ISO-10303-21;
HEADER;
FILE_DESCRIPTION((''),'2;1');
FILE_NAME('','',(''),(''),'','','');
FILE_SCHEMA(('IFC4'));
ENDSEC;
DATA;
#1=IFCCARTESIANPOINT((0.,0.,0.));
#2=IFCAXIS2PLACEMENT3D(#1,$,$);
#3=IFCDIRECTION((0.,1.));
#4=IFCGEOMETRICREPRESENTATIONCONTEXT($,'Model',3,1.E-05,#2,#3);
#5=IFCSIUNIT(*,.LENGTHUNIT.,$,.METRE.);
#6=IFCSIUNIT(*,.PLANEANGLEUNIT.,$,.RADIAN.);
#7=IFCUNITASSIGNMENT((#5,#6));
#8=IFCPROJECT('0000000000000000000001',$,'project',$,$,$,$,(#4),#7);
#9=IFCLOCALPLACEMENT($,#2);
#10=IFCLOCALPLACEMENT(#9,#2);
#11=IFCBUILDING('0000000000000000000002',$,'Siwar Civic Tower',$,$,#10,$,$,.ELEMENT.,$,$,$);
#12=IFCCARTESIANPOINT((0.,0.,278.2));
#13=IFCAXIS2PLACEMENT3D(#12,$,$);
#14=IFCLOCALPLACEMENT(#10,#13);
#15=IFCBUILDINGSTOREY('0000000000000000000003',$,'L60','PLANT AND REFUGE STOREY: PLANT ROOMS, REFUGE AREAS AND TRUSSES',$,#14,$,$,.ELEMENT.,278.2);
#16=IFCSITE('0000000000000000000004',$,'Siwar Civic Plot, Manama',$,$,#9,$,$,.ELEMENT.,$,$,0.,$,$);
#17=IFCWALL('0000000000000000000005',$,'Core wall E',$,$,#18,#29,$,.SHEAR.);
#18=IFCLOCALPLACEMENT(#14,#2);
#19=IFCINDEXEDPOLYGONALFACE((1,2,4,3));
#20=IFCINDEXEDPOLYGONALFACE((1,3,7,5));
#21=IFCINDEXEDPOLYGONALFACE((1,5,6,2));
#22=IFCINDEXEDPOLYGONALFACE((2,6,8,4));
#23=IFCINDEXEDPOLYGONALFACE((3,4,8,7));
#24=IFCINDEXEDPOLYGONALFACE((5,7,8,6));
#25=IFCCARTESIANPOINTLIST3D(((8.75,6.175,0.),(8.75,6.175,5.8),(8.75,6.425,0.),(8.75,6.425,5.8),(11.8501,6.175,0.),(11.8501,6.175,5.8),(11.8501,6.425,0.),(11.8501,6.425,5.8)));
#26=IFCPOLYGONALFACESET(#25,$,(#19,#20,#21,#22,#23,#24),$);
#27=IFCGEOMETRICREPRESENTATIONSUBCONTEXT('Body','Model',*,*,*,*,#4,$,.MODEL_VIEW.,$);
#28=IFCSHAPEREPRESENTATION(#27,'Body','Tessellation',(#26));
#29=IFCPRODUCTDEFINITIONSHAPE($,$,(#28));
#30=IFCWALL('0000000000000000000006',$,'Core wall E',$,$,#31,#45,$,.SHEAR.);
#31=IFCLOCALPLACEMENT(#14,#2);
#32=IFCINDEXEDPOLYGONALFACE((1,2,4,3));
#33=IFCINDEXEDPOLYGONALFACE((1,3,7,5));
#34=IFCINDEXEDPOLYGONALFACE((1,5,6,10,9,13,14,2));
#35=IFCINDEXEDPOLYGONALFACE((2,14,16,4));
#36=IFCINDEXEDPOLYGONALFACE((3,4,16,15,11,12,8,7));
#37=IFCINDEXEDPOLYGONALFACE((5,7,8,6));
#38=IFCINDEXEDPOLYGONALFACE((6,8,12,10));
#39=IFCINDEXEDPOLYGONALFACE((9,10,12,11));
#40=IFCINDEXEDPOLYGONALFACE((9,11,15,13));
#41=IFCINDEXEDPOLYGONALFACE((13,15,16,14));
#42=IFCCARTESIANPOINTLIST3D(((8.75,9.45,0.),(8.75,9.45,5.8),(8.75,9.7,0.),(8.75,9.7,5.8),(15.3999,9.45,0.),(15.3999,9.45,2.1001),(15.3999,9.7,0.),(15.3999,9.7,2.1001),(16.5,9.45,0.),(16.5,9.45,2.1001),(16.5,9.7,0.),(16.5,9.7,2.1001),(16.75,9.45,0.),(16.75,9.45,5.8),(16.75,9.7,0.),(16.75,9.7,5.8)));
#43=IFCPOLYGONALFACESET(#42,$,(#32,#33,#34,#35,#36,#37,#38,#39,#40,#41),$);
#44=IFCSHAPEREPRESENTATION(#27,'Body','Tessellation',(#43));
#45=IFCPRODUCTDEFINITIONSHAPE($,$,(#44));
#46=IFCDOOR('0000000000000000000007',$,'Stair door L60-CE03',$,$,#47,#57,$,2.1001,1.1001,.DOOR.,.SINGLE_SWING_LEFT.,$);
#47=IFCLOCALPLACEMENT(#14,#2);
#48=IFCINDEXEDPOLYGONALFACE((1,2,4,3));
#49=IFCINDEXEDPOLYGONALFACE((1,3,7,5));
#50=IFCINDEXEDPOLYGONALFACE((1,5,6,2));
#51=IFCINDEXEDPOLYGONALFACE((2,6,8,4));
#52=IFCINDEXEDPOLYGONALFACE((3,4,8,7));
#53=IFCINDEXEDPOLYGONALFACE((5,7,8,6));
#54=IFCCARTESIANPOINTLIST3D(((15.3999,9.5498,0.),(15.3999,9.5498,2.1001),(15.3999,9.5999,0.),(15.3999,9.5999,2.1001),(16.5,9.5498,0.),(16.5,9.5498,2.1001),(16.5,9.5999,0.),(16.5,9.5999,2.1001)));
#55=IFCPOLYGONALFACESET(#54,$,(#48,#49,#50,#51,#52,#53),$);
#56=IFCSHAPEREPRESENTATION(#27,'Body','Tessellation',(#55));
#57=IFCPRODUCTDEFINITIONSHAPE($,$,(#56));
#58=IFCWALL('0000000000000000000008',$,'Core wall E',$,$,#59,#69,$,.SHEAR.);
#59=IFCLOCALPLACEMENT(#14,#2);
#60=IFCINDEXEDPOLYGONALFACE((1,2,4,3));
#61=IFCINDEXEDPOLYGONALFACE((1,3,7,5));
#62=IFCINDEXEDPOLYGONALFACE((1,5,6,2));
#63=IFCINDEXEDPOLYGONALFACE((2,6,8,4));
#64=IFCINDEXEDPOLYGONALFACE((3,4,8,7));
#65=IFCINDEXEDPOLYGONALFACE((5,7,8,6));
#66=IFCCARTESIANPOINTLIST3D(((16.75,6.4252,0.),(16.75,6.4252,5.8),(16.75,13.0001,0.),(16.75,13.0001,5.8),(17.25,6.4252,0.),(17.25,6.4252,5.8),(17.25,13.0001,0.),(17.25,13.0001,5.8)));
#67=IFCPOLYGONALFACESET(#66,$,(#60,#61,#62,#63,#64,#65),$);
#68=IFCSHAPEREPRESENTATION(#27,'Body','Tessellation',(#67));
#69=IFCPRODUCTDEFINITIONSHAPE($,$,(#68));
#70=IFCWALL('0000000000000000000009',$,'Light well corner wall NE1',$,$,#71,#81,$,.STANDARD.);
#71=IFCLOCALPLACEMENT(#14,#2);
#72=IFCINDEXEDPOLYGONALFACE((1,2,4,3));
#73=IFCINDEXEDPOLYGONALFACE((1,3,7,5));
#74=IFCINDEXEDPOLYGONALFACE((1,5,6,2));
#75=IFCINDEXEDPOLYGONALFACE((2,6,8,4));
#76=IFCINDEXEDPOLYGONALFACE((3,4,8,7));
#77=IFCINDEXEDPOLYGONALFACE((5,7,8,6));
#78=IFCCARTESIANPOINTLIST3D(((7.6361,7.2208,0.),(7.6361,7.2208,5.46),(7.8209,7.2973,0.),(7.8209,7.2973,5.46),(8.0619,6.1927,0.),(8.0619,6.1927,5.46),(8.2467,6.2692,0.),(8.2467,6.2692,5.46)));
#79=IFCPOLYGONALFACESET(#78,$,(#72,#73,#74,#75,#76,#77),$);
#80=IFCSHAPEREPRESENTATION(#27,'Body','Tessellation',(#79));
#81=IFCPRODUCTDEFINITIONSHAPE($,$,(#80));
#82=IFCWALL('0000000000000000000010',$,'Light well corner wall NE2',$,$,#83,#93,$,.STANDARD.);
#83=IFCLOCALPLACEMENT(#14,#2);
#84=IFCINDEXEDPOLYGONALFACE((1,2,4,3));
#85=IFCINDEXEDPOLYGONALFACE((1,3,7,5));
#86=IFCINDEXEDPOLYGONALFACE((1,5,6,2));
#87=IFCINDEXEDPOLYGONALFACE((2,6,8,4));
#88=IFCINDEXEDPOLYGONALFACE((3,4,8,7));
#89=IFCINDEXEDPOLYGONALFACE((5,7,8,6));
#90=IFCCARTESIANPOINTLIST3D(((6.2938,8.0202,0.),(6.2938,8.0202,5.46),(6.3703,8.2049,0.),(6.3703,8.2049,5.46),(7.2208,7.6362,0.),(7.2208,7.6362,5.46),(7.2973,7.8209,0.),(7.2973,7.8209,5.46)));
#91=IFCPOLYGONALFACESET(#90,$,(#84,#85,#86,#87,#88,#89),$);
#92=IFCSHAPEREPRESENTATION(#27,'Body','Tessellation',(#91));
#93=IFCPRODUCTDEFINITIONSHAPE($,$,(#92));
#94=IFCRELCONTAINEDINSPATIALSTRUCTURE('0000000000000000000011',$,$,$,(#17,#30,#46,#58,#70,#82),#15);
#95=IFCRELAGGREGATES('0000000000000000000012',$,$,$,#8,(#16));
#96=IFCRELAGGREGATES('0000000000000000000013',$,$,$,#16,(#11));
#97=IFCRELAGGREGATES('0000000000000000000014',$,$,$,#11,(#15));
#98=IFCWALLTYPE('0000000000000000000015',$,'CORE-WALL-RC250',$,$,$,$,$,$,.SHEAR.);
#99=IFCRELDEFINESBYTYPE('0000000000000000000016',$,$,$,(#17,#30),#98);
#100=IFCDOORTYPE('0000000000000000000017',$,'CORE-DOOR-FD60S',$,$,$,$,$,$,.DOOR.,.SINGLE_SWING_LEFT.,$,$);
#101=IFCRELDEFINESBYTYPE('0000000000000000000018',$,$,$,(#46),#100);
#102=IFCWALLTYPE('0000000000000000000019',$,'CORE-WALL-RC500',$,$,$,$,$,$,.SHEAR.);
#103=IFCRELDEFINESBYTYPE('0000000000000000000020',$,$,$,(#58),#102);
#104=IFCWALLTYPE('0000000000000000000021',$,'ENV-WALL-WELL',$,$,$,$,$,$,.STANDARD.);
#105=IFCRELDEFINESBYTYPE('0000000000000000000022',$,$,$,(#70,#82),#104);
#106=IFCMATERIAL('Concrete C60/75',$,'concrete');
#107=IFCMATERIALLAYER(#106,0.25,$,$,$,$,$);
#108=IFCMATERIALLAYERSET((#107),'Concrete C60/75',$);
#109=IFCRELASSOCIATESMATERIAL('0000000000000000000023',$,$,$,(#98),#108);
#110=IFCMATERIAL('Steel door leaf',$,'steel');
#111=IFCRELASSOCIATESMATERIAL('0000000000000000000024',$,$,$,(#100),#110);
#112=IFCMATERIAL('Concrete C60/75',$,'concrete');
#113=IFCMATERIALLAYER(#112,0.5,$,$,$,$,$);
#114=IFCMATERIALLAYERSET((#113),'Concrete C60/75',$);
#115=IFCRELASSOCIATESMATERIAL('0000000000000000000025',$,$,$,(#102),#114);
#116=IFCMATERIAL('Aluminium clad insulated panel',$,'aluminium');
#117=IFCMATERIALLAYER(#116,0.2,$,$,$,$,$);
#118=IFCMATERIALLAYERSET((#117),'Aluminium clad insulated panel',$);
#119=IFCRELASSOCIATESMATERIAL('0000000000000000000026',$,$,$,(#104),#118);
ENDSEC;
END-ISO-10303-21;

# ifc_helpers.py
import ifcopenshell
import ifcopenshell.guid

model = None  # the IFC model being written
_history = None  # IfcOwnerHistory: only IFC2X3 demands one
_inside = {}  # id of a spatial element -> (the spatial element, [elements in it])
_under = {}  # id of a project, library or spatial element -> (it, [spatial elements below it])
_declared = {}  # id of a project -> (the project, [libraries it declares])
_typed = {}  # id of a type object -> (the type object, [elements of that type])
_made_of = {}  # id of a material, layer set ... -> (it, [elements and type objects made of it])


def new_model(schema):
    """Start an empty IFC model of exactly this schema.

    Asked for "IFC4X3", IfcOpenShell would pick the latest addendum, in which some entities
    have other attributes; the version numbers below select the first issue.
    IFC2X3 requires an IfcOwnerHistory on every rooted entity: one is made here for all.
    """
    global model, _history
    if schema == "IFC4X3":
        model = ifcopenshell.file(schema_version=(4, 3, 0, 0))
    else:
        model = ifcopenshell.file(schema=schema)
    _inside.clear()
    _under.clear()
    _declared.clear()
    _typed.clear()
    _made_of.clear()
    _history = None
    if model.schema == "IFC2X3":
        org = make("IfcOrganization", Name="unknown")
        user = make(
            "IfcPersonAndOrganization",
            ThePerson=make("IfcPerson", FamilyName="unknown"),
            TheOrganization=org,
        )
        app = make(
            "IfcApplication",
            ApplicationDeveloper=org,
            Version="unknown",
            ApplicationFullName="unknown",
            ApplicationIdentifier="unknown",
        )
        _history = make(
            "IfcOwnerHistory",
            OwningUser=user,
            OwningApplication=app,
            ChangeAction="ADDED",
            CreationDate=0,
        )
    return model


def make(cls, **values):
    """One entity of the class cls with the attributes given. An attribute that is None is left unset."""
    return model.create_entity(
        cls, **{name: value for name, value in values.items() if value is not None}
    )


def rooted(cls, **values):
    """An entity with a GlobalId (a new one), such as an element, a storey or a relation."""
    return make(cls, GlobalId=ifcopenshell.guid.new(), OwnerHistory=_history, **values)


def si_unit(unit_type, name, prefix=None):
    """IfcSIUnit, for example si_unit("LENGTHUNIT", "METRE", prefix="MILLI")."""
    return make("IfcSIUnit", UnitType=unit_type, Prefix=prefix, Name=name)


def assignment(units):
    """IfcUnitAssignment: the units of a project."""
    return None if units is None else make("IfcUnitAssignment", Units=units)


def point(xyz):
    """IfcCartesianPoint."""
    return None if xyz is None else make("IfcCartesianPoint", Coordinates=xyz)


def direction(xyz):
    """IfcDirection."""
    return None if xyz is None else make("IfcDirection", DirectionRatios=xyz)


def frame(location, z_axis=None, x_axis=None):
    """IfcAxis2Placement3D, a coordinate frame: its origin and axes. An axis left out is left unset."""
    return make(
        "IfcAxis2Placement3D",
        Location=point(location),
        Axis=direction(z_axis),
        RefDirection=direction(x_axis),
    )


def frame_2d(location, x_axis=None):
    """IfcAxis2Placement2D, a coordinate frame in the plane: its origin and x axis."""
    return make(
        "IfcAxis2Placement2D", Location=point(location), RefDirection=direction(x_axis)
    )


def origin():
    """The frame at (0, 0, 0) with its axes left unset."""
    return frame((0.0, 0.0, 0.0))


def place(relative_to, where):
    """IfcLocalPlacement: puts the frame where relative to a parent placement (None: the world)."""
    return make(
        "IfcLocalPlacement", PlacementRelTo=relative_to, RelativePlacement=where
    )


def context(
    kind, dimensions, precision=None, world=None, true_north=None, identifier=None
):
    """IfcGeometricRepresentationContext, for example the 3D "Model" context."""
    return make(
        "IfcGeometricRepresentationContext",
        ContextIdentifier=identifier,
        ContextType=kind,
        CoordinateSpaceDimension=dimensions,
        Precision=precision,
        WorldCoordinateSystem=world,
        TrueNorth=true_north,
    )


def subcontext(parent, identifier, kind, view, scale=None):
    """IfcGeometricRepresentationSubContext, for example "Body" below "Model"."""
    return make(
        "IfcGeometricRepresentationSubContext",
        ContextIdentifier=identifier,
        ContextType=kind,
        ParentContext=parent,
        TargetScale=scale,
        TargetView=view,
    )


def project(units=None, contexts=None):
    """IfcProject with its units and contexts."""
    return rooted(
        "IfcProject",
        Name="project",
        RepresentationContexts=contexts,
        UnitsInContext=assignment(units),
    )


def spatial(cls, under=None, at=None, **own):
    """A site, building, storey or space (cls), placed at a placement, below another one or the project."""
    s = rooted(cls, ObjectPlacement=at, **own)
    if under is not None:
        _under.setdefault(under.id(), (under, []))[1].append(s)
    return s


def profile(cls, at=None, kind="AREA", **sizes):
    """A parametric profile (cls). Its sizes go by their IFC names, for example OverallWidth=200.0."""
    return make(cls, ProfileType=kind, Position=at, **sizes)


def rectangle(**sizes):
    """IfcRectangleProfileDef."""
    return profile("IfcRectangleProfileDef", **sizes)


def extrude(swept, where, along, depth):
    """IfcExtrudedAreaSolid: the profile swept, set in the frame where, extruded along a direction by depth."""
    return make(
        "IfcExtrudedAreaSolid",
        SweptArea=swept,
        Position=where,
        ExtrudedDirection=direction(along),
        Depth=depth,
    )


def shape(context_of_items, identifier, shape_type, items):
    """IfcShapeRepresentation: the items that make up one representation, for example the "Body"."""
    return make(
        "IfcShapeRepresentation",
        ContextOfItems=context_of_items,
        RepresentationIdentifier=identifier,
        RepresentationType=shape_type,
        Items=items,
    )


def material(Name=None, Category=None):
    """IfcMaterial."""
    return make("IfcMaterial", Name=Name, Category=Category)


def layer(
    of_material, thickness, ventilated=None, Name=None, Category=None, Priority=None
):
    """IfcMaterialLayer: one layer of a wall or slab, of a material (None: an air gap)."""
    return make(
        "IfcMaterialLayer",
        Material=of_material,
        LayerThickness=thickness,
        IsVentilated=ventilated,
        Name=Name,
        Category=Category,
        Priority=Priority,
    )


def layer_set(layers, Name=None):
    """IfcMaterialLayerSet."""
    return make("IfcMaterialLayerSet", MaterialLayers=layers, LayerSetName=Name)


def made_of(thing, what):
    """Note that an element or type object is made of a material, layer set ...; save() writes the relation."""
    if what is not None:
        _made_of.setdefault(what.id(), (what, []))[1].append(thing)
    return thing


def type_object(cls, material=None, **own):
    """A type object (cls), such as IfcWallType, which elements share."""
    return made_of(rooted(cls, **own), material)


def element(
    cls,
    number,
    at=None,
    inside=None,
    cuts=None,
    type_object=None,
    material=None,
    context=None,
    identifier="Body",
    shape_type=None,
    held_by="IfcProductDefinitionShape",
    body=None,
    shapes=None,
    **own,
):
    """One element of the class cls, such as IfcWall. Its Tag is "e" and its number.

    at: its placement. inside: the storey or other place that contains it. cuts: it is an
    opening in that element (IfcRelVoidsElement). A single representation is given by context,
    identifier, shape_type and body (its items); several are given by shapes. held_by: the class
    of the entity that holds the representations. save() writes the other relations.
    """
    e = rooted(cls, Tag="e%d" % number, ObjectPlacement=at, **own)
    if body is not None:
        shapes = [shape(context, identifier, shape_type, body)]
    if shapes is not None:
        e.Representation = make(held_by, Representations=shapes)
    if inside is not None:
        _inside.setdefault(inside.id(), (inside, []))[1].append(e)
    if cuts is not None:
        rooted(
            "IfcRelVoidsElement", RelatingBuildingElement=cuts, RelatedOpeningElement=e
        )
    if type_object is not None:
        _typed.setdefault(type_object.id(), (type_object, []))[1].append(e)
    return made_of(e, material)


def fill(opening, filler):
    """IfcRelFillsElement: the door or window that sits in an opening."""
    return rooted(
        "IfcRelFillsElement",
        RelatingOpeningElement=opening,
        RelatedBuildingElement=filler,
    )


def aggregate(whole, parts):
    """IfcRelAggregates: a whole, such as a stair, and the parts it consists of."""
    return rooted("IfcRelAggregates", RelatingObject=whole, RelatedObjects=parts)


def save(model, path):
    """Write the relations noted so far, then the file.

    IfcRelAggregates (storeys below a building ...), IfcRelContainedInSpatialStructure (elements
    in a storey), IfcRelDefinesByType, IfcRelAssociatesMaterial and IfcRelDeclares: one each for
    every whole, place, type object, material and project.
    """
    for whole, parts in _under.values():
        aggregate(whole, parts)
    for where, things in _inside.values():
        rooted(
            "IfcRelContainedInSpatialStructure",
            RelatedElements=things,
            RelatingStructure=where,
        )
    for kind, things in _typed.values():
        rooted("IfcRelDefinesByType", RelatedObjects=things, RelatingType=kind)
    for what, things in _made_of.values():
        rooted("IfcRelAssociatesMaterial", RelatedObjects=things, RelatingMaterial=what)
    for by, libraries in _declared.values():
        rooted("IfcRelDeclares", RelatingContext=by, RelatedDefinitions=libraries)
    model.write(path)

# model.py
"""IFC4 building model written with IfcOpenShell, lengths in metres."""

from ifc_helpers import new_model, si_unit, direction, frame, frame_2d, origin, place, context, subcontext, project, spatial, rectangle, extrude, material, layer, layer_set, type_object, element, fill, save


model = new_model("IFC4")

# Units and contexts
model_context = context("Model", 3, precision=1e-05, world=origin(), true_north=direction((0.0, 1.0)))
body_context = subcontext(model_context, "Body", "Model", "MODEL_VIEW")
ifc_project = project(units=[si_unit("LENGTHUNIT", "METRE"), si_unit("PLANEANGLEUNIT", "RADIAN")], contexts=[model_context])

# Site, building, storey
site_placement = place(None, origin())
site = spatial("IfcSite", under=ifc_project, at=site_placement, Name="Siwar Civic Plot, Manama", CompositionType="ELEMENT", RefElevation=0.0)
building_placement = place(site_placement, origin())
building = spatial("IfcBuilding", under=site, at=building_placement, Name="Siwar Civic Tower", CompositionType="ELEMENT")
storey_placement = place(building_placement, frame((0.0, 0.0, 278.2)))
storey = spatial("IfcBuildingStorey", under=building, at=storey_placement, Name="L60", Description="PLANT AND REFUGE STOREY: PLANT ROOMS, REFUGE AREAS AND TRUSSES", CompositionType="ELEMENT", Elevation=278.2)

# Shared definitions
ifc_material_1 = material(Name="Concrete C60/75", Category="concrete")
ifc_layer_1 = layer(ifc_material_1, 0.25)
ifc_layer_set_1 = layer_set([ifc_layer_1], Name="Concrete C60/75")
wall_type_1 = type_object("IfcWallType", Name="CORE-WALL-RC250", PredefinedType="SHEAR", material=ifc_layer_set_1)

# Wall
for number, where, z_axis, x_axis, name in (
    (1, (8.75, 6.3, 0.0), (0.0, 0.0, 1.0), (1.0, 0.0, 0.0), "Core wall E"),
):
    element("IfcWall", number, at=place(storey_placement, frame(where, z_axis=z_axis, x_axis=x_axis)), inside=storey, type_object=wall_type_1, Name=name, PredefinedType="SHEAR", context=body_context, shape_type="SweptSolid", body=[
        extrude(rectangle(XDim=3.1001, YDim=0.25, at=frame_2d((1.55, 0.0))), origin(), (0.0, 0.0, 1.0), 5.8),
    ])

# Wall, opening, door
wall_1_placement = place(storey_placement, frame((8.75, 9.575, 0.0), z_axis=(0.0, 0.0, 1.0), x_axis=(1.0, 0.0, 0.0)))
wall_1 = element("IfcWall", 2, at=wall_1_placement, inside=storey, type_object=wall_type_1, Name="Core wall E", PredefinedType="SHEAR", context=body_context, shape_type="SweptSolid", body=[
    extrude(rectangle(XDim=8.0, YDim=0.25, at=frame_2d((4.0, 0.0))), origin(), (0.0, 0.0, 1.0), 5.8),
])
opening_1_placement = place(wall_1_placement, frame((6.6499, 0.0, 0.0)))
opening_1 = element("IfcOpeningElement", 3, at=opening_1_placement, cuts=wall_1, PredefinedType="OPENING", context=body_context, shape_type="SweptSolid", body=[
    extrude(rectangle(XDim=1.1001, YDim=2.1001, at=frame_2d((0.55, 1.05))), frame((0.0, 0.135, 0.0), z_axis=(0.0, -1.0, 0.0), x_axis=(1.0, 0.0, 0.0)), (0.0, 0.0, 1.0), 0.27),
])
ifc_material_2 = material(Name="Steel door leaf", Category="steel")
door_type_1 = type_object("IfcDoorType", Name="CORE-DOOR-FD60S", OperationType="SINGLE_SWING_LEFT", PredefinedType="DOOR", material=ifc_material_2)
door_1_placement = place(opening_1_placement, origin())
door_1 = element("IfcDoor", 4, at=door_1_placement, inside=storey, type_object=door_type_1, Name="Stair door L60-CE03", OperationType="SINGLE_SWING_LEFT", OverallHeight=2.1001, OverallWidth=1.1001, PredefinedType="DOOR", context=body_context, shape_type="SweptSolid", body=[
    extrude(rectangle(XDim=1.1001, YDim=2.1001, at=frame_2d((0.55, 1.05))), frame((0.0, 0.0249, 0.0), z_axis=(0.0, -1.0, 0.0), x_axis=(1.0, 0.0, 0.0)), (0.0, 0.0, 1.0), 0.05),
])
fill(opening_1, door_1)

# Walls
ifc_material_3 = material(Name="Concrete C60/75", Category="concrete")
ifc_layer_2 = layer(ifc_material_3, 0.5)
ifc_layer_set_2 = layer_set([ifc_layer_2], Name="Concrete C60/75")
wall_type_2 = type_object("IfcWallType", Name="CORE-WALL-RC500", PredefinedType="SHEAR", material=ifc_layer_set_2)
wall_2_placement = place(storey_placement, frame((17.0, 6.425, 0.0), z_axis=(0.0, 0.0, 1.0), x_axis=(0.0, 1.0, 0.0)))
element("IfcWall", 5, at=wall_2_placement, inside=storey, type_object=wall_type_2, Name="Core wall E", PredefinedType="SHEAR", context=body_context, shape_type="SweptSolid", body=[
    extrude(rectangle(XDim=6.575, YDim=0.5, at=frame_2d((3.2876, 0.0))), origin(), (0.0, 0.0, 1.0), 5.8),
])
ifc_material_4 = material(Name="Aluminium clad insulated panel", Category="aluminium")
ifc_layer_3 = layer(ifc_material_4, 0.2)
ifc_layer_set_3 = layer_set([ifc_layer_3], Name="Aluminium clad insulated panel")
wall_type_3 = type_object("IfcWallType", Name="ENV-WALL-WELL", PredefinedType="STANDARD", material=ifc_layer_set_3)
wall_3_placement = place(storey_placement, frame((8.1543, 6.231, 0.0), z_axis=(0.0, 0.0, 1.0), x_axis=(-0.382636, 0.923899, 0.0)))
element("IfcWall", 6, at=wall_3_placement, inside=storey, type_object=wall_type_3, Name="Light well corner wall NE1", PredefinedType="STANDARD", context=body_context, shape_type="SweptSolid", body=[
    extrude(rectangle(XDim=1.1128, YDim=0.2, at=frame_2d((0.5564, 0.0))), origin(), (0.0, 0.0, 1.0), 5.46),
])
wall_4_placement = place(storey_placement, frame((7.259, 7.7285, 0.0), z_axis=(0.0, 0.0, 1.0), x_axis=(-0.92386, 0.382731, 0.0)))
element("IfcWall", 7, at=wall_4_placement, inside=storey, type_object=wall_type_3, Name="Light well corner wall NE2", PredefinedType="STANDARD", context=body_context, shape_type="SweptSolid", body=[
    extrude(rectangle(XDim=1.0034, YDim=0.2, at=frame_2d((0.5017, 0.0))), origin(), (0.0, 0.0, 1.0), 5.46),
])

save(model, "model.ifc")
